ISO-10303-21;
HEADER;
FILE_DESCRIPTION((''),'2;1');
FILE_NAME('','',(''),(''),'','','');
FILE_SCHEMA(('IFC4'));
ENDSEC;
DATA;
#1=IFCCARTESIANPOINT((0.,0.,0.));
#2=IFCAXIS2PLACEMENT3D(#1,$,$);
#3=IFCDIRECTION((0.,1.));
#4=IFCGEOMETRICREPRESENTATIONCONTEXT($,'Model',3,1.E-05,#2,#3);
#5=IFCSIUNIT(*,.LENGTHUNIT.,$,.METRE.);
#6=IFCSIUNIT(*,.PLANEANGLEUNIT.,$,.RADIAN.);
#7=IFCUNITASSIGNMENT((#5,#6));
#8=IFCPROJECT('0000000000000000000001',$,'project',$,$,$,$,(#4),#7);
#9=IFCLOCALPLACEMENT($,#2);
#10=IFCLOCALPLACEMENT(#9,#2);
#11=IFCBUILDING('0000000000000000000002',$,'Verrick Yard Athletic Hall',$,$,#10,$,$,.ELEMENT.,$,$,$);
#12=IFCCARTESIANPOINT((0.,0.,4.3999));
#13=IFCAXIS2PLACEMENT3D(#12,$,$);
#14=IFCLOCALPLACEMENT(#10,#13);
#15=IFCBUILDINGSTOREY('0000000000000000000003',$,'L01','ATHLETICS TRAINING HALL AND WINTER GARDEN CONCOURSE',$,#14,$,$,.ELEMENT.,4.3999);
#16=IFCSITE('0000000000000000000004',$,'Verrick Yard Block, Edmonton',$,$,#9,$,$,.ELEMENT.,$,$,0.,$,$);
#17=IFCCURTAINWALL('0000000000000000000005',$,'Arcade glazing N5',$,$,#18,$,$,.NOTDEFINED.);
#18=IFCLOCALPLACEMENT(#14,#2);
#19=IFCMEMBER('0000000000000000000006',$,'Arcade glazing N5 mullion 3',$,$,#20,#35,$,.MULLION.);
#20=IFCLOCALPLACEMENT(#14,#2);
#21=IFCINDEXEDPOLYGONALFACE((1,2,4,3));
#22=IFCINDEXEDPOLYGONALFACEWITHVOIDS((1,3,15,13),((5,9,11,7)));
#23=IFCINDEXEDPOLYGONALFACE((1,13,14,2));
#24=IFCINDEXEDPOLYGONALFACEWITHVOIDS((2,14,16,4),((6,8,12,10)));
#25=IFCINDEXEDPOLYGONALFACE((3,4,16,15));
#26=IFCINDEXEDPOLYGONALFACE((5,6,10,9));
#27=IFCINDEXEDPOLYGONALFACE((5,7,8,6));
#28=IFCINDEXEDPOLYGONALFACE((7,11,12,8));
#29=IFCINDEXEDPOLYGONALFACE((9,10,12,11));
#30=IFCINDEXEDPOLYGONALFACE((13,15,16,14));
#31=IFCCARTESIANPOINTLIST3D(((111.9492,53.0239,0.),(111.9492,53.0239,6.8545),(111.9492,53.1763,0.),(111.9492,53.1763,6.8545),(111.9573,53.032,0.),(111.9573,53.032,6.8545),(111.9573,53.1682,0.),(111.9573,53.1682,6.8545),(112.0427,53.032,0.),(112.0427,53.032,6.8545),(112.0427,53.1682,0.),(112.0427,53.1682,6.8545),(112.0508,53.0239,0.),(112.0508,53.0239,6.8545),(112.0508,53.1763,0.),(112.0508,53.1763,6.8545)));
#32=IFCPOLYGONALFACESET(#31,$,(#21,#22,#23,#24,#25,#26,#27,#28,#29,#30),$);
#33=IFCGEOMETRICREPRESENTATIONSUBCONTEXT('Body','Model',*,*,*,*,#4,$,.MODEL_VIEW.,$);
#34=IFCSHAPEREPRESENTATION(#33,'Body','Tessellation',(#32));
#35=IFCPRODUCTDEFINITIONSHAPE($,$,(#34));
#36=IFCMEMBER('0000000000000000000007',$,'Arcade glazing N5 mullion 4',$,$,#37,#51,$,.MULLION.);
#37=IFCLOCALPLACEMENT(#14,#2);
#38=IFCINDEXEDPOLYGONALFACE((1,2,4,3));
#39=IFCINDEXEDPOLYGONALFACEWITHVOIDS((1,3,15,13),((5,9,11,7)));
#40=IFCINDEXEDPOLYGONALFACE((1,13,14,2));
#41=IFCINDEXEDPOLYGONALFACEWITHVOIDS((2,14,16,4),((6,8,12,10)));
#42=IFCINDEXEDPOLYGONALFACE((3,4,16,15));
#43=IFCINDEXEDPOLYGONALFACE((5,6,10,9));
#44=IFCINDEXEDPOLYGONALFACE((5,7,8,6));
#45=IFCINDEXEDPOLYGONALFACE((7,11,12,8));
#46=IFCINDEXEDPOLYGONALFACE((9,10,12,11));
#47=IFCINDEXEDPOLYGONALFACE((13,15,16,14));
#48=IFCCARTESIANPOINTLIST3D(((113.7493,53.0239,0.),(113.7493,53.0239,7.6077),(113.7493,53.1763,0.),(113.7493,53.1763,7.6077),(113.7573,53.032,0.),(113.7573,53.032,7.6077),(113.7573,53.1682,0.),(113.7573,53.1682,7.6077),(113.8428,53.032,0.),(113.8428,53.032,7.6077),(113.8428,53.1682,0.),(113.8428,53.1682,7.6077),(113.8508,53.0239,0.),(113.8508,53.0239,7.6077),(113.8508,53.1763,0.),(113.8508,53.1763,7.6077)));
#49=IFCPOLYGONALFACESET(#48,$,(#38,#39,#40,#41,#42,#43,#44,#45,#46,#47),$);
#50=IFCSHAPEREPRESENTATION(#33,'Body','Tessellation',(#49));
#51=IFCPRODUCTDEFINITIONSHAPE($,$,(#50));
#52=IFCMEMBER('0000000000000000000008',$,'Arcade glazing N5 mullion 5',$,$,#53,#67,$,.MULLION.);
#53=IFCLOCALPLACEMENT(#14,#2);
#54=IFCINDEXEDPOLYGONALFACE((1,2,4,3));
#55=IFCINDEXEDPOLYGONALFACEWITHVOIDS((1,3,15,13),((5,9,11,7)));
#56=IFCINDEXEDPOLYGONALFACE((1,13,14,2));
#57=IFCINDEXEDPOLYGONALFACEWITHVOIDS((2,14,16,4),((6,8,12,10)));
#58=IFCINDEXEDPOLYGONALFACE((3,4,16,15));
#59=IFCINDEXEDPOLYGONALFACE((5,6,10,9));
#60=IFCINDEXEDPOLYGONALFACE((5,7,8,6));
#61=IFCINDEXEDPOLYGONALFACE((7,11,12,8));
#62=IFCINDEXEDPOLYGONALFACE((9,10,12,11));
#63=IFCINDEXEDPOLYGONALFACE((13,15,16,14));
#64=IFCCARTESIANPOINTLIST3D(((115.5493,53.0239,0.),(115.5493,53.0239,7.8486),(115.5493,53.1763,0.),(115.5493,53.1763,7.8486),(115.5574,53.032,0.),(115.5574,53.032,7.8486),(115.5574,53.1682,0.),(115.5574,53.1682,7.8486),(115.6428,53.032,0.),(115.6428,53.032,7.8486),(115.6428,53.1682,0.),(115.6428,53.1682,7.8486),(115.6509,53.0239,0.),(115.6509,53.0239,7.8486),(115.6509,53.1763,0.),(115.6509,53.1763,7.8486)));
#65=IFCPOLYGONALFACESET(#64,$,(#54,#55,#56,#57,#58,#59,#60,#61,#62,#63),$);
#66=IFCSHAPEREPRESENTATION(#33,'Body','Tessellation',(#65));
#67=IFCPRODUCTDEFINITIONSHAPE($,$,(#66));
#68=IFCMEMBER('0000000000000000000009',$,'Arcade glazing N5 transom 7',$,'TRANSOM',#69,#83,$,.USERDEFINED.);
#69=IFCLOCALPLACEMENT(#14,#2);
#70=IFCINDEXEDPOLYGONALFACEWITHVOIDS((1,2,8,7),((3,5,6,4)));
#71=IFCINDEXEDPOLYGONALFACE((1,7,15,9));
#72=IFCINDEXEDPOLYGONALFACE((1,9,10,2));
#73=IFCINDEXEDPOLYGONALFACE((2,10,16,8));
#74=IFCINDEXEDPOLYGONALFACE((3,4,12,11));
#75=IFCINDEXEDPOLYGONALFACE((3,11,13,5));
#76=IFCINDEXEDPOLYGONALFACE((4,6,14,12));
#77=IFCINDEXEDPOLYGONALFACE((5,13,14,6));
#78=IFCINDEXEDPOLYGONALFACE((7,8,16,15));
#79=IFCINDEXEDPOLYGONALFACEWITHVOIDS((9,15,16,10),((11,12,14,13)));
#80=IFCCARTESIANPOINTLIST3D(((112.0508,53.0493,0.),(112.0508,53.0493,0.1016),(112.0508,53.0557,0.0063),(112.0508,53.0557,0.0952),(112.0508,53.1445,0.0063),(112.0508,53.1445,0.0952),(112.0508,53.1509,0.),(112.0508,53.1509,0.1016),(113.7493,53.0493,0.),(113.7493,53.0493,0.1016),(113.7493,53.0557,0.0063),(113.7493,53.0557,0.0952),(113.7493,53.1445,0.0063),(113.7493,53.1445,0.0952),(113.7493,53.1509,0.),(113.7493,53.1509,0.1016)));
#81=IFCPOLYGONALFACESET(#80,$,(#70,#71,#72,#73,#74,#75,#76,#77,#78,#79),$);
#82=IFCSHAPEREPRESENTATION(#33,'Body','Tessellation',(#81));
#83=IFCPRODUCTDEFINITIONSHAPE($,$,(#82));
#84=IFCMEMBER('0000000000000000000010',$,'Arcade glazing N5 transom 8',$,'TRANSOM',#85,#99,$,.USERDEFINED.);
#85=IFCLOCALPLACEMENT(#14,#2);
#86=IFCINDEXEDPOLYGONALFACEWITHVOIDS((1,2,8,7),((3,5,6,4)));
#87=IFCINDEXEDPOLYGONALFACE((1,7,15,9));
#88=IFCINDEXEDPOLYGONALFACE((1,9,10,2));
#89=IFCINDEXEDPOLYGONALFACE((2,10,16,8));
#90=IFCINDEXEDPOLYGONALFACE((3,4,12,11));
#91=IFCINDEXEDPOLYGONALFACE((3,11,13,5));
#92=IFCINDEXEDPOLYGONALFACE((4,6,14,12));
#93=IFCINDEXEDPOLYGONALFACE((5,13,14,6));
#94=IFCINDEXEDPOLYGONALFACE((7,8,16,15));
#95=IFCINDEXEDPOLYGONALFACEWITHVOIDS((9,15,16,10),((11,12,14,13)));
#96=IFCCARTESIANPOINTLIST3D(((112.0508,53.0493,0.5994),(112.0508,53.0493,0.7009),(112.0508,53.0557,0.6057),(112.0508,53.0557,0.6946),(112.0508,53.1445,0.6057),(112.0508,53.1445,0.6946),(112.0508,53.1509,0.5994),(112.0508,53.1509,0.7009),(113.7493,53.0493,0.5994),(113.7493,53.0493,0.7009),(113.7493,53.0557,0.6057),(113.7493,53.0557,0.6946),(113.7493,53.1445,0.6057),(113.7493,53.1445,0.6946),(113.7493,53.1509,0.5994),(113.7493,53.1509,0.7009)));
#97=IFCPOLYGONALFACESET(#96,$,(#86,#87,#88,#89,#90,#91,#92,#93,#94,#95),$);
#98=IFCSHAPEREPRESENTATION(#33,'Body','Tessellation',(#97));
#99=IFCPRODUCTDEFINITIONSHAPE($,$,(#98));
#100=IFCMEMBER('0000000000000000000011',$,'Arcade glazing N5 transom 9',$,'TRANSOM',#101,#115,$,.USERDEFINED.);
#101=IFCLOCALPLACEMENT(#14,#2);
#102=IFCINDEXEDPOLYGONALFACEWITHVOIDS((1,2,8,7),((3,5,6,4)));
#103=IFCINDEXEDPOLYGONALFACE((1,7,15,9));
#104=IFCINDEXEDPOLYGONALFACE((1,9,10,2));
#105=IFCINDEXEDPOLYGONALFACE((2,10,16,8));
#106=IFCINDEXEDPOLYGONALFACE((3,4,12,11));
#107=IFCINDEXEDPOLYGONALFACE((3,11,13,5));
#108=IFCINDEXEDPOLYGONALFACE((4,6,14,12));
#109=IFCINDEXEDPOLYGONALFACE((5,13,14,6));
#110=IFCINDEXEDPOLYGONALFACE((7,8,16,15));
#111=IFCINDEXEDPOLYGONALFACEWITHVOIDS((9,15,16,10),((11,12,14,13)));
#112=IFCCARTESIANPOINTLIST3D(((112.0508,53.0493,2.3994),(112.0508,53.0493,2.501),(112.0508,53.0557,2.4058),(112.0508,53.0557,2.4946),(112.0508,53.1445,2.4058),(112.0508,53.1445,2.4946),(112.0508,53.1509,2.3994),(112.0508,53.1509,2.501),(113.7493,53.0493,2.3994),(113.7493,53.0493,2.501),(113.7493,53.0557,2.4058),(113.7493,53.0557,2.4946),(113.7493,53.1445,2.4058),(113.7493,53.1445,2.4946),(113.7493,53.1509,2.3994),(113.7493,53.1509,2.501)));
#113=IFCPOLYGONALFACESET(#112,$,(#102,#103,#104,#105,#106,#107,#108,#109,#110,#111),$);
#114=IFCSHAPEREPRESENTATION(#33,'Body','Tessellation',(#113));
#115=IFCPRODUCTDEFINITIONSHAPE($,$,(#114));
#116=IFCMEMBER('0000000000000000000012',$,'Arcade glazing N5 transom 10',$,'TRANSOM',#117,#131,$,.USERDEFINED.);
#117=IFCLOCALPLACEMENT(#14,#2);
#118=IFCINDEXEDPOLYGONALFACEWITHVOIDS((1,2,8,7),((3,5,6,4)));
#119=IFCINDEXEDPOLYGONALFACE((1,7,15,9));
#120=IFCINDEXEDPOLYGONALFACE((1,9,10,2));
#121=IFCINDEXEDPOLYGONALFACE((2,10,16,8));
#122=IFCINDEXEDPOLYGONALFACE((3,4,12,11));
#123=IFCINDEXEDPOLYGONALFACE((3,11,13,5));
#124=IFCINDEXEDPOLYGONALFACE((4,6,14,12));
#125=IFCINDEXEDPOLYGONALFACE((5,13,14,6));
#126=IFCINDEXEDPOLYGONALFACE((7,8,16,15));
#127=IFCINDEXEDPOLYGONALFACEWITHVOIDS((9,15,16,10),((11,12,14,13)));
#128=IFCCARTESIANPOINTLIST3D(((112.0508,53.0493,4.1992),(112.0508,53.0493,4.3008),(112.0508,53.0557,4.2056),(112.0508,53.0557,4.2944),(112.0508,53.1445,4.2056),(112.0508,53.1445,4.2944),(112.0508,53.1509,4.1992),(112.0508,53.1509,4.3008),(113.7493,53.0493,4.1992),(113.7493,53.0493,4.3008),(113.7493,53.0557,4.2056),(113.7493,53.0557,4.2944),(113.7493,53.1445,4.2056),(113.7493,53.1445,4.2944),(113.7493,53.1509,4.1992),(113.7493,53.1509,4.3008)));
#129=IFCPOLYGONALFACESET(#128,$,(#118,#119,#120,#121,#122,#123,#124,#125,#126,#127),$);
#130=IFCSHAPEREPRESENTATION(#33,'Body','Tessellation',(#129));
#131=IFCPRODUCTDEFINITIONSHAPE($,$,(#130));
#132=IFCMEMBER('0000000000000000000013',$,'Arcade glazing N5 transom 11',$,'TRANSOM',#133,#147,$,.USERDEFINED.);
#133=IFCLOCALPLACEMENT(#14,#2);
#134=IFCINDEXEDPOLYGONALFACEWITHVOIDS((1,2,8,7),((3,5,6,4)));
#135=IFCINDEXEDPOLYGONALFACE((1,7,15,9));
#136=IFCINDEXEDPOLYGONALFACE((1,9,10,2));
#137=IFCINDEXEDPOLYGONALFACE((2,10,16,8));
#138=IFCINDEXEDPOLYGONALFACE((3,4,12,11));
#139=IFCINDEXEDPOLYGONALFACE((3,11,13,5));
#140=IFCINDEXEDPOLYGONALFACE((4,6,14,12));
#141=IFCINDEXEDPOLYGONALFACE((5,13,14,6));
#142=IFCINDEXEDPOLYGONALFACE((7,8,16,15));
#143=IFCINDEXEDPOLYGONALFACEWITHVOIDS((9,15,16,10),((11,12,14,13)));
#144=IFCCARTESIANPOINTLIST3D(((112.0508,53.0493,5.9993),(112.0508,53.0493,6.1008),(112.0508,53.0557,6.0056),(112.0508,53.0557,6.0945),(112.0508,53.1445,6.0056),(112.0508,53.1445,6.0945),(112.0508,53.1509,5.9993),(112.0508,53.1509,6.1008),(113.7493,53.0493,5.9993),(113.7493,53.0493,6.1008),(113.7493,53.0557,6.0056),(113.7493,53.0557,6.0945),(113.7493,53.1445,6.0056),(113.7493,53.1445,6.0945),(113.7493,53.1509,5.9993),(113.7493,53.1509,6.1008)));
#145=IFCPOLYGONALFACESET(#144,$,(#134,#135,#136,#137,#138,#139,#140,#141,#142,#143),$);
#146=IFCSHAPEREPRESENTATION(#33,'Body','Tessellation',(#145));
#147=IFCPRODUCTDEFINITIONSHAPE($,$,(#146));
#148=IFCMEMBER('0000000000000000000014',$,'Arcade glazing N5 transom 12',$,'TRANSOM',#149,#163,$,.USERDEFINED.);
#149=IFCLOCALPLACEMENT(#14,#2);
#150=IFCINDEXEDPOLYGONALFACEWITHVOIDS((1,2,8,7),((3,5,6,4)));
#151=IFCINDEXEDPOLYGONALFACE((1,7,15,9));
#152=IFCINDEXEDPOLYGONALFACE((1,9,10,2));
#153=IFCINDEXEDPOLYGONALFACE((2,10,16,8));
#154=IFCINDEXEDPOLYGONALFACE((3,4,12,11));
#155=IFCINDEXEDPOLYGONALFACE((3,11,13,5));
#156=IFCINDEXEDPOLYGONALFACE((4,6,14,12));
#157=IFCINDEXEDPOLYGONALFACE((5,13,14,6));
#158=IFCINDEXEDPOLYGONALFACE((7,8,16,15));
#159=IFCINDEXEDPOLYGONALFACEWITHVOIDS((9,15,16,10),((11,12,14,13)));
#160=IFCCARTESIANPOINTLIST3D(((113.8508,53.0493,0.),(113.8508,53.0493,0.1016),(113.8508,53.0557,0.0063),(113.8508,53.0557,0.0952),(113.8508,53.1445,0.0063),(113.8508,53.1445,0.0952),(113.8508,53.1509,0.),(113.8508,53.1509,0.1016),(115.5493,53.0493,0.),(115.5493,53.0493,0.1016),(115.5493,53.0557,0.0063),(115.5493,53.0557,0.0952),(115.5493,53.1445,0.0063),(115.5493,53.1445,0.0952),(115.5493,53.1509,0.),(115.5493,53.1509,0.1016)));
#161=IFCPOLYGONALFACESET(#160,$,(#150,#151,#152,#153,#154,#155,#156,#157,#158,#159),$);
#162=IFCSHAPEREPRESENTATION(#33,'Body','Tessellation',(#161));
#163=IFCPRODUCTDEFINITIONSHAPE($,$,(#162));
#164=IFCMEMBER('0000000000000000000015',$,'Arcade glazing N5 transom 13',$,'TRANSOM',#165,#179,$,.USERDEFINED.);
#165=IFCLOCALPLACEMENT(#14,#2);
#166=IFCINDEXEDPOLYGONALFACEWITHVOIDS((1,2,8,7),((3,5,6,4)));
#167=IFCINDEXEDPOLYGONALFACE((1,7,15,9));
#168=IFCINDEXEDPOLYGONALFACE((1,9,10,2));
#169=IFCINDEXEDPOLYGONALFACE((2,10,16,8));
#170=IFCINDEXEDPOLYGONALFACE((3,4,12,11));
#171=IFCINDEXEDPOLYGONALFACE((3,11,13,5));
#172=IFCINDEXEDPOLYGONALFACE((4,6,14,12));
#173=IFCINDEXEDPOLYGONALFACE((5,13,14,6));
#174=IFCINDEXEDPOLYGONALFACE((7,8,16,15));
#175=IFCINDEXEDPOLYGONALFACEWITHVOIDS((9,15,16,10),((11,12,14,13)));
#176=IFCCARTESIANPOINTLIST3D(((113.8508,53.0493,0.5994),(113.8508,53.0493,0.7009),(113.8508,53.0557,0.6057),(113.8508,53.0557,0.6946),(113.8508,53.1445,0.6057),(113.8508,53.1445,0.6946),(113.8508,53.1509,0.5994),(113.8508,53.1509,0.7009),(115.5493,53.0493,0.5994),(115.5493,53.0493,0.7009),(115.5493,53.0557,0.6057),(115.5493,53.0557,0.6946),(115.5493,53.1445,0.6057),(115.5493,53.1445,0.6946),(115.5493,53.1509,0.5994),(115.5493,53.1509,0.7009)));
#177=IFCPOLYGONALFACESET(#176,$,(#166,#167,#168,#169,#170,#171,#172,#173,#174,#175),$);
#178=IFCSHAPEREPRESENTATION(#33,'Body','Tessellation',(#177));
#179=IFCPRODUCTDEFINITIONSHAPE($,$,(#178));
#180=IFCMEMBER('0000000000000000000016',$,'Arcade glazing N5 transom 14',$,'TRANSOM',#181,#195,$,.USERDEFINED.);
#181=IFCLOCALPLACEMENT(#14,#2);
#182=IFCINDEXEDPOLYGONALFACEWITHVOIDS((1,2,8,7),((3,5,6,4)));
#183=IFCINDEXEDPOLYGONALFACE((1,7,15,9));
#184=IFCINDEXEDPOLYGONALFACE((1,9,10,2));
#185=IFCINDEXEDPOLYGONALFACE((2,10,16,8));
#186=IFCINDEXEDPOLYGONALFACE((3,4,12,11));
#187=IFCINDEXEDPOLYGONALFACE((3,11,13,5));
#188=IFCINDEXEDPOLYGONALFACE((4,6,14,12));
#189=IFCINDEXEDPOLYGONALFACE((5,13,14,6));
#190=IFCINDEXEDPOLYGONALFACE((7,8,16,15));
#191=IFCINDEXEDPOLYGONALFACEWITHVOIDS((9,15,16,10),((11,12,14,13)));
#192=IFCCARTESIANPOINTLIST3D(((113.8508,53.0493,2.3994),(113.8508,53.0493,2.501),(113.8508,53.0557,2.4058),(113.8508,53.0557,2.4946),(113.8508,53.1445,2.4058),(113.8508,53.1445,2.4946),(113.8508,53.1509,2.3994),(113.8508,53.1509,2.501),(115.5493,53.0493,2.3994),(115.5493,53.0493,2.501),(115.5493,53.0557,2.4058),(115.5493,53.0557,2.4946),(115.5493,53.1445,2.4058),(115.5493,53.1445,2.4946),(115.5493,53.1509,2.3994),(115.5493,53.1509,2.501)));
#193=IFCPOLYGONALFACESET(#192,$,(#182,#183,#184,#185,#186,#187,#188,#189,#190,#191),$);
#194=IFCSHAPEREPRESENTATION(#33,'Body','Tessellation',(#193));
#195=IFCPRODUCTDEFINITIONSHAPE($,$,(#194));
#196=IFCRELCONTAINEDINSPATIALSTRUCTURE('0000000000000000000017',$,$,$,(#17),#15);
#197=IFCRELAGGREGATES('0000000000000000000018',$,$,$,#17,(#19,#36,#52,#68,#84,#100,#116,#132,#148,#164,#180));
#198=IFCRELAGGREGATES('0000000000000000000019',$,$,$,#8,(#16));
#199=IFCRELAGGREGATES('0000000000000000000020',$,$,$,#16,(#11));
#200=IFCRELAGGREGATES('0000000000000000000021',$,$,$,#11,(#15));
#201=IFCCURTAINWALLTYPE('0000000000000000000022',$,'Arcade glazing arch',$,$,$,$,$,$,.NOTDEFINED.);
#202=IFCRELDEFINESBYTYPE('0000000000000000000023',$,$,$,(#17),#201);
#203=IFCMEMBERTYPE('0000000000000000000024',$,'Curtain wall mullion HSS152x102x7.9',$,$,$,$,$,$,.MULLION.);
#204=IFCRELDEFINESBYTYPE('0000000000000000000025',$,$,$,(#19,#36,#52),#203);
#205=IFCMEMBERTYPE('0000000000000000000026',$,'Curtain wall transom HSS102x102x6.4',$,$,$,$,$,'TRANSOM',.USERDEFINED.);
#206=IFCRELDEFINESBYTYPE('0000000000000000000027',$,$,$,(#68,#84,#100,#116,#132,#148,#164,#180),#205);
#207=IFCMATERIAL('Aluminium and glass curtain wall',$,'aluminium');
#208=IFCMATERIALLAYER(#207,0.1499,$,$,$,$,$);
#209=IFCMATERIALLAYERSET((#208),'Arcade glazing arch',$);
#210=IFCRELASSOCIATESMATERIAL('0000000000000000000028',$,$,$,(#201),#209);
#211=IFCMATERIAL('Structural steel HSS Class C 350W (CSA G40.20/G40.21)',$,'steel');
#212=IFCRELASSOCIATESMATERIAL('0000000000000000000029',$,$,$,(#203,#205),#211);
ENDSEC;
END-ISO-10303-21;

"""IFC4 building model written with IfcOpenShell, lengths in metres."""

from ifc_helpers import new_model, si_unit, direction, frame, origin, origin_2d, place, context, subcontext, project, spatial, hollow_rectangle, extrude, material, layer, layer_set, material_profile, profile_set, type_object, element, aggregate, save


model = new_model("IFC4")

# Units and contexts
model_context = context("Model", 3, precision=1e-05, world=origin(), true_north=direction((0.0, 1.0)))
body_context = subcontext(model_context, "Body", "Model", "MODEL_VIEW")
ifc_project = project(units=[si_unit("LENGTHUNIT", "METRE"), si_unit("PLANEANGLEUNIT", "RADIAN")], contexts=[model_context])

# Site, building, storey
site_placement = place(None, origin())
site = spatial("IfcSite", under=ifc_project, at=site_placement, Name="Verrick Yard Block, Edmonton", CompositionType="ELEMENT", RefElevation=0.0)
building_placement = place(site_placement, origin())
building = spatial("IfcBuilding", under=site, at=building_placement, Name="Verrick Yard Athletic Hall", CompositionType="ELEMENT")
storey_placement = place(building_placement, frame((0.0, 0.0, 4.3999)))
storey = spatial("IfcBuildingStorey", under=building, at=storey_placement, Name="L01", Description="ATHLETICS TRAINING HALL AND WINTER GARDEN CONCOURSE", CompositionType="ELEMENT", Elevation=4.3999)

# Curtain wall, members
ifc_material_1 = material(Name="Aluminium and glass curtain wall", Category="aluminium")
ifc_layer_1 = layer(ifc_material_1, 0.1499)
ifc_layer_set_1 = layer_set([ifc_layer_1], Name="Arcade glazing arch")
curtain_wall_type = type_object("IfcCurtainWallType", Name="Arcade glazing arch", PredefinedType="NOTDEFINED", material=ifc_layer_set_1)
curtain_wall_placement = place(storey_placement, origin())
curtain_wall = element("IfcCurtainWall", 1, at=curtain_wall_placement, inside=storey, type_object=curtain_wall_type, Name="Arcade glazing N5", PredefinedType="NOTDEFINED")
ifc_material_2 = material(Name="Structural steel HSS Class C 350W (CSA G40.20/G40.21)", Category="steel")
ifc_material_profile_1 = material_profile(ifc_material_2, hollow_rectangle(XDim=0.1016, YDim=0.1523, WallThickness=0.0081, at=origin_2d()), Name="HSS152x102x7.9")
ifc_profile_set_1 = profile_set([ifc_material_profile_1], Name="Structural steel HSS Class C 350W (CSA G40.20/G40.21)")
member_type_1 = type_object("IfcMemberType", Name="Curtain wall mullion HSS152x102x7.9", PredefinedType="MULLION", material=ifc_profile_set_1)
member_1_placement = place(storey_placement, frame((112.0, 53.1001, 0.0), z_axis=(0.0, 0.0, 1.0), x_axis=(1.0, 0.0, 0.0)))
member_1 = element("IfcMember", 2, at=member_1_placement, type_object=member_type_1, Name="Arcade glazing N5 mullion 3", PredefinedType="MULLION", context=body_context, shape_type="SweptSolid", body=[
    extrude(hollow_rectangle(XDim=0.1016, YDim=0.1523, WallThickness=0.0081, at=origin_2d()), origin(), (0.0, 0.0, 1.0), 6.8545),
])
member_2_placement = place(storey_placement, frame((113.8, 53.1001, 0.0), z_axis=(0.0, 0.0, 1.0), x_axis=(1.0, 0.0, 0.0)))
member_2 = element("IfcMember", 3, at=member_2_placement, type_object=member_type_1, Name="Arcade glazing N5 mullion 4", PredefinedType="MULLION", context=body_context, shape_type="SweptSolid", body=[
    extrude(hollow_rectangle(XDim=0.1016, YDim=0.1523, WallThickness=0.0081, at=origin_2d()), origin(), (0.0, 0.0, 1.0), 7.6077),
])
member_3_placement = place(storey_placement, frame((115.6001, 53.1001, 0.0), z_axis=(0.0, 0.0, 1.0), x_axis=(1.0, 0.0, 0.0)))
member_3 = element("IfcMember", 4, at=member_3_placement, type_object=member_type_1, Name="Arcade glazing N5 mullion 5", PredefinedType="MULLION", context=body_context, shape_type="SweptSolid", body=[
    extrude(hollow_rectangle(XDim=0.1016, YDim=0.1523, WallThickness=0.0081, at=origin_2d()), origin(), (0.0, 0.0, 1.0), 7.8486),
])
ifc_material_profile_2 = material_profile(ifc_material_2, hollow_rectangle(XDim=0.1016, YDim=0.1016, WallThickness=0.0063, at=origin_2d()), Name="HSS102x102x6.4")
ifc_profile_set_2 = profile_set([ifc_material_profile_2], Name="Structural steel HSS Class C 350W (CSA G40.20/G40.21)")
member_type_2 = type_object("IfcMemberType", Name="Curtain wall transom HSS102x102x6.4", ElementType="TRANSOM", PredefinedType="USERDEFINED", material=ifc_profile_set_2)
member_4_placement = place(storey_placement, frame((112.0508, 53.1001, 0.0508), z_axis=(1.0, 0.0, 0.0), x_axis=(0.0, 1.0, 0.0)))
member_4 = element("IfcMember", 5, at=member_4_placement, type_object=member_type_2, Name="Arcade glazing N5 transom 7", ObjectType="TRANSOM", PredefinedType="USERDEFINED", context=body_context, shape_type="SweptSolid", body=[
    extrude(hollow_rectangle(XDim=0.1016, YDim=0.1016, WallThickness=0.0063, at=origin_2d()), origin(), (0.0, 0.0, 1.0), 1.6985),
])
member_5_placement = place(storey_placement, frame((112.0508, 53.1001, 0.6501), z_axis=(1.0, 0.0, 0.0), x_axis=(0.0, 1.0, 0.0)))
member_5 = element("IfcMember", 6, at=member_5_placement, type_object=member_type_2, Name="Arcade glazing N5 transom 8", ObjectType="TRANSOM", PredefinedType="USERDEFINED", context=body_context, shape_type="SweptSolid", body=[
    extrude(hollow_rectangle(XDim=0.1016, YDim=0.1016, WallThickness=0.0063, at=origin_2d()), origin(), (0.0, 0.0, 1.0), 1.6985),
])
member_6_placement = place(storey_placement, frame((112.0508, 53.1001, 2.4502), z_axis=(1.0, 0.0, 0.0), x_axis=(0.0, 1.0, 0.0)))
member_6 = element("IfcMember", 7, at=member_6_placement, type_object=member_type_2, Name="Arcade glazing N5 transom 9", ObjectType="TRANSOM", PredefinedType="USERDEFINED", context=body_context, shape_type="SweptSolid", body=[
    extrude(hollow_rectangle(XDim=0.1016, YDim=0.1016, WallThickness=0.0063, at=origin_2d()), origin(), (0.0, 0.0, 1.0), 1.6985),
])
member_7_placement = place(storey_placement, frame((112.0508, 53.1001, 4.25), z_axis=(1.0, 0.0, 0.0), x_axis=(0.0, 1.0, 0.0)))
member_7 = element("IfcMember", 8, at=member_7_placement, type_object=member_type_2, Name="Arcade glazing N5 transom 10", ObjectType="TRANSOM", PredefinedType="USERDEFINED", context=body_context, shape_type="SweptSolid", body=[
    extrude(hollow_rectangle(XDim=0.1016, YDim=0.1016, WallThickness=0.0063, at=origin_2d()), origin(), (0.0, 0.0, 1.0), 1.6985),
])
member_8_placement = place(storey_placement, frame((112.0508, 53.1001, 6.05), z_axis=(1.0, 0.0, 0.0), x_axis=(0.0, 1.0, 0.0)))
member_8 = element("IfcMember", 9, at=member_8_placement, type_object=member_type_2, Name="Arcade glazing N5 transom 11", ObjectType="TRANSOM", PredefinedType="USERDEFINED", context=body_context, shape_type="SweptSolid", body=[
    extrude(hollow_rectangle(XDim=0.1016, YDim=0.1016, WallThickness=0.0063, at=origin_2d()), origin(), (0.0, 0.0, 1.0), 1.6985),
])
member_9_placement = place(storey_placement, frame((113.8508, 53.1001, 0.0508), z_axis=(1.0, 0.0, 0.0), x_axis=(0.0, 1.0, 0.0)))
member_9 = element("IfcMember", 10, at=member_9_placement, type_object=member_type_2, Name="Arcade glazing N5 transom 12", ObjectType="TRANSOM", PredefinedType="USERDEFINED", context=body_context, shape_type="SweptSolid", body=[
    extrude(hollow_rectangle(XDim=0.1016, YDim=0.1016, WallThickness=0.0063, at=origin_2d()), origin(), (0.0, 0.0, 1.0), 1.6985),
])
member_10_placement = place(storey_placement, frame((113.8508, 53.1001, 0.6501), z_axis=(1.0, 0.0, 0.0), x_axis=(0.0, 1.0, 0.0)))
member_10 = element("IfcMember", 11, at=member_10_placement, type_object=member_type_2, Name="Arcade glazing N5 transom 13", ObjectType="TRANSOM", PredefinedType="USERDEFINED", context=body_context, shape_type="SweptSolid", body=[
    extrude(hollow_rectangle(XDim=0.1016, YDim=0.1016, WallThickness=0.0063, at=origin_2d()), origin(), (0.0, 0.0, 1.0), 1.6985),
])
member_11_placement = place(storey_placement, frame((113.8508, 53.1001, 2.4502), z_axis=(1.0, 0.0, 0.0), x_axis=(0.0, 1.0, 0.0)))
member_11 = element("IfcMember", 12, at=member_11_placement, type_object=member_type_2, Name="Arcade glazing N5 transom 14", ObjectType="TRANSOM", PredefinedType="USERDEFINED", context=body_context, shape_type="SweptSolid", body=[
    extrude(hollow_rectangle(XDim=0.1016, YDim=0.1016, WallThickness=0.0063, at=origin_2d()), origin(), (0.0, 0.0, 1.0), 1.6985),
])
aggregate(curtain_wall, [member_1, member_2, member_3, member_4, member_5, member_6, member_7, member_8, member_9, member_10, member_11])

save(model, "model.ifc")
